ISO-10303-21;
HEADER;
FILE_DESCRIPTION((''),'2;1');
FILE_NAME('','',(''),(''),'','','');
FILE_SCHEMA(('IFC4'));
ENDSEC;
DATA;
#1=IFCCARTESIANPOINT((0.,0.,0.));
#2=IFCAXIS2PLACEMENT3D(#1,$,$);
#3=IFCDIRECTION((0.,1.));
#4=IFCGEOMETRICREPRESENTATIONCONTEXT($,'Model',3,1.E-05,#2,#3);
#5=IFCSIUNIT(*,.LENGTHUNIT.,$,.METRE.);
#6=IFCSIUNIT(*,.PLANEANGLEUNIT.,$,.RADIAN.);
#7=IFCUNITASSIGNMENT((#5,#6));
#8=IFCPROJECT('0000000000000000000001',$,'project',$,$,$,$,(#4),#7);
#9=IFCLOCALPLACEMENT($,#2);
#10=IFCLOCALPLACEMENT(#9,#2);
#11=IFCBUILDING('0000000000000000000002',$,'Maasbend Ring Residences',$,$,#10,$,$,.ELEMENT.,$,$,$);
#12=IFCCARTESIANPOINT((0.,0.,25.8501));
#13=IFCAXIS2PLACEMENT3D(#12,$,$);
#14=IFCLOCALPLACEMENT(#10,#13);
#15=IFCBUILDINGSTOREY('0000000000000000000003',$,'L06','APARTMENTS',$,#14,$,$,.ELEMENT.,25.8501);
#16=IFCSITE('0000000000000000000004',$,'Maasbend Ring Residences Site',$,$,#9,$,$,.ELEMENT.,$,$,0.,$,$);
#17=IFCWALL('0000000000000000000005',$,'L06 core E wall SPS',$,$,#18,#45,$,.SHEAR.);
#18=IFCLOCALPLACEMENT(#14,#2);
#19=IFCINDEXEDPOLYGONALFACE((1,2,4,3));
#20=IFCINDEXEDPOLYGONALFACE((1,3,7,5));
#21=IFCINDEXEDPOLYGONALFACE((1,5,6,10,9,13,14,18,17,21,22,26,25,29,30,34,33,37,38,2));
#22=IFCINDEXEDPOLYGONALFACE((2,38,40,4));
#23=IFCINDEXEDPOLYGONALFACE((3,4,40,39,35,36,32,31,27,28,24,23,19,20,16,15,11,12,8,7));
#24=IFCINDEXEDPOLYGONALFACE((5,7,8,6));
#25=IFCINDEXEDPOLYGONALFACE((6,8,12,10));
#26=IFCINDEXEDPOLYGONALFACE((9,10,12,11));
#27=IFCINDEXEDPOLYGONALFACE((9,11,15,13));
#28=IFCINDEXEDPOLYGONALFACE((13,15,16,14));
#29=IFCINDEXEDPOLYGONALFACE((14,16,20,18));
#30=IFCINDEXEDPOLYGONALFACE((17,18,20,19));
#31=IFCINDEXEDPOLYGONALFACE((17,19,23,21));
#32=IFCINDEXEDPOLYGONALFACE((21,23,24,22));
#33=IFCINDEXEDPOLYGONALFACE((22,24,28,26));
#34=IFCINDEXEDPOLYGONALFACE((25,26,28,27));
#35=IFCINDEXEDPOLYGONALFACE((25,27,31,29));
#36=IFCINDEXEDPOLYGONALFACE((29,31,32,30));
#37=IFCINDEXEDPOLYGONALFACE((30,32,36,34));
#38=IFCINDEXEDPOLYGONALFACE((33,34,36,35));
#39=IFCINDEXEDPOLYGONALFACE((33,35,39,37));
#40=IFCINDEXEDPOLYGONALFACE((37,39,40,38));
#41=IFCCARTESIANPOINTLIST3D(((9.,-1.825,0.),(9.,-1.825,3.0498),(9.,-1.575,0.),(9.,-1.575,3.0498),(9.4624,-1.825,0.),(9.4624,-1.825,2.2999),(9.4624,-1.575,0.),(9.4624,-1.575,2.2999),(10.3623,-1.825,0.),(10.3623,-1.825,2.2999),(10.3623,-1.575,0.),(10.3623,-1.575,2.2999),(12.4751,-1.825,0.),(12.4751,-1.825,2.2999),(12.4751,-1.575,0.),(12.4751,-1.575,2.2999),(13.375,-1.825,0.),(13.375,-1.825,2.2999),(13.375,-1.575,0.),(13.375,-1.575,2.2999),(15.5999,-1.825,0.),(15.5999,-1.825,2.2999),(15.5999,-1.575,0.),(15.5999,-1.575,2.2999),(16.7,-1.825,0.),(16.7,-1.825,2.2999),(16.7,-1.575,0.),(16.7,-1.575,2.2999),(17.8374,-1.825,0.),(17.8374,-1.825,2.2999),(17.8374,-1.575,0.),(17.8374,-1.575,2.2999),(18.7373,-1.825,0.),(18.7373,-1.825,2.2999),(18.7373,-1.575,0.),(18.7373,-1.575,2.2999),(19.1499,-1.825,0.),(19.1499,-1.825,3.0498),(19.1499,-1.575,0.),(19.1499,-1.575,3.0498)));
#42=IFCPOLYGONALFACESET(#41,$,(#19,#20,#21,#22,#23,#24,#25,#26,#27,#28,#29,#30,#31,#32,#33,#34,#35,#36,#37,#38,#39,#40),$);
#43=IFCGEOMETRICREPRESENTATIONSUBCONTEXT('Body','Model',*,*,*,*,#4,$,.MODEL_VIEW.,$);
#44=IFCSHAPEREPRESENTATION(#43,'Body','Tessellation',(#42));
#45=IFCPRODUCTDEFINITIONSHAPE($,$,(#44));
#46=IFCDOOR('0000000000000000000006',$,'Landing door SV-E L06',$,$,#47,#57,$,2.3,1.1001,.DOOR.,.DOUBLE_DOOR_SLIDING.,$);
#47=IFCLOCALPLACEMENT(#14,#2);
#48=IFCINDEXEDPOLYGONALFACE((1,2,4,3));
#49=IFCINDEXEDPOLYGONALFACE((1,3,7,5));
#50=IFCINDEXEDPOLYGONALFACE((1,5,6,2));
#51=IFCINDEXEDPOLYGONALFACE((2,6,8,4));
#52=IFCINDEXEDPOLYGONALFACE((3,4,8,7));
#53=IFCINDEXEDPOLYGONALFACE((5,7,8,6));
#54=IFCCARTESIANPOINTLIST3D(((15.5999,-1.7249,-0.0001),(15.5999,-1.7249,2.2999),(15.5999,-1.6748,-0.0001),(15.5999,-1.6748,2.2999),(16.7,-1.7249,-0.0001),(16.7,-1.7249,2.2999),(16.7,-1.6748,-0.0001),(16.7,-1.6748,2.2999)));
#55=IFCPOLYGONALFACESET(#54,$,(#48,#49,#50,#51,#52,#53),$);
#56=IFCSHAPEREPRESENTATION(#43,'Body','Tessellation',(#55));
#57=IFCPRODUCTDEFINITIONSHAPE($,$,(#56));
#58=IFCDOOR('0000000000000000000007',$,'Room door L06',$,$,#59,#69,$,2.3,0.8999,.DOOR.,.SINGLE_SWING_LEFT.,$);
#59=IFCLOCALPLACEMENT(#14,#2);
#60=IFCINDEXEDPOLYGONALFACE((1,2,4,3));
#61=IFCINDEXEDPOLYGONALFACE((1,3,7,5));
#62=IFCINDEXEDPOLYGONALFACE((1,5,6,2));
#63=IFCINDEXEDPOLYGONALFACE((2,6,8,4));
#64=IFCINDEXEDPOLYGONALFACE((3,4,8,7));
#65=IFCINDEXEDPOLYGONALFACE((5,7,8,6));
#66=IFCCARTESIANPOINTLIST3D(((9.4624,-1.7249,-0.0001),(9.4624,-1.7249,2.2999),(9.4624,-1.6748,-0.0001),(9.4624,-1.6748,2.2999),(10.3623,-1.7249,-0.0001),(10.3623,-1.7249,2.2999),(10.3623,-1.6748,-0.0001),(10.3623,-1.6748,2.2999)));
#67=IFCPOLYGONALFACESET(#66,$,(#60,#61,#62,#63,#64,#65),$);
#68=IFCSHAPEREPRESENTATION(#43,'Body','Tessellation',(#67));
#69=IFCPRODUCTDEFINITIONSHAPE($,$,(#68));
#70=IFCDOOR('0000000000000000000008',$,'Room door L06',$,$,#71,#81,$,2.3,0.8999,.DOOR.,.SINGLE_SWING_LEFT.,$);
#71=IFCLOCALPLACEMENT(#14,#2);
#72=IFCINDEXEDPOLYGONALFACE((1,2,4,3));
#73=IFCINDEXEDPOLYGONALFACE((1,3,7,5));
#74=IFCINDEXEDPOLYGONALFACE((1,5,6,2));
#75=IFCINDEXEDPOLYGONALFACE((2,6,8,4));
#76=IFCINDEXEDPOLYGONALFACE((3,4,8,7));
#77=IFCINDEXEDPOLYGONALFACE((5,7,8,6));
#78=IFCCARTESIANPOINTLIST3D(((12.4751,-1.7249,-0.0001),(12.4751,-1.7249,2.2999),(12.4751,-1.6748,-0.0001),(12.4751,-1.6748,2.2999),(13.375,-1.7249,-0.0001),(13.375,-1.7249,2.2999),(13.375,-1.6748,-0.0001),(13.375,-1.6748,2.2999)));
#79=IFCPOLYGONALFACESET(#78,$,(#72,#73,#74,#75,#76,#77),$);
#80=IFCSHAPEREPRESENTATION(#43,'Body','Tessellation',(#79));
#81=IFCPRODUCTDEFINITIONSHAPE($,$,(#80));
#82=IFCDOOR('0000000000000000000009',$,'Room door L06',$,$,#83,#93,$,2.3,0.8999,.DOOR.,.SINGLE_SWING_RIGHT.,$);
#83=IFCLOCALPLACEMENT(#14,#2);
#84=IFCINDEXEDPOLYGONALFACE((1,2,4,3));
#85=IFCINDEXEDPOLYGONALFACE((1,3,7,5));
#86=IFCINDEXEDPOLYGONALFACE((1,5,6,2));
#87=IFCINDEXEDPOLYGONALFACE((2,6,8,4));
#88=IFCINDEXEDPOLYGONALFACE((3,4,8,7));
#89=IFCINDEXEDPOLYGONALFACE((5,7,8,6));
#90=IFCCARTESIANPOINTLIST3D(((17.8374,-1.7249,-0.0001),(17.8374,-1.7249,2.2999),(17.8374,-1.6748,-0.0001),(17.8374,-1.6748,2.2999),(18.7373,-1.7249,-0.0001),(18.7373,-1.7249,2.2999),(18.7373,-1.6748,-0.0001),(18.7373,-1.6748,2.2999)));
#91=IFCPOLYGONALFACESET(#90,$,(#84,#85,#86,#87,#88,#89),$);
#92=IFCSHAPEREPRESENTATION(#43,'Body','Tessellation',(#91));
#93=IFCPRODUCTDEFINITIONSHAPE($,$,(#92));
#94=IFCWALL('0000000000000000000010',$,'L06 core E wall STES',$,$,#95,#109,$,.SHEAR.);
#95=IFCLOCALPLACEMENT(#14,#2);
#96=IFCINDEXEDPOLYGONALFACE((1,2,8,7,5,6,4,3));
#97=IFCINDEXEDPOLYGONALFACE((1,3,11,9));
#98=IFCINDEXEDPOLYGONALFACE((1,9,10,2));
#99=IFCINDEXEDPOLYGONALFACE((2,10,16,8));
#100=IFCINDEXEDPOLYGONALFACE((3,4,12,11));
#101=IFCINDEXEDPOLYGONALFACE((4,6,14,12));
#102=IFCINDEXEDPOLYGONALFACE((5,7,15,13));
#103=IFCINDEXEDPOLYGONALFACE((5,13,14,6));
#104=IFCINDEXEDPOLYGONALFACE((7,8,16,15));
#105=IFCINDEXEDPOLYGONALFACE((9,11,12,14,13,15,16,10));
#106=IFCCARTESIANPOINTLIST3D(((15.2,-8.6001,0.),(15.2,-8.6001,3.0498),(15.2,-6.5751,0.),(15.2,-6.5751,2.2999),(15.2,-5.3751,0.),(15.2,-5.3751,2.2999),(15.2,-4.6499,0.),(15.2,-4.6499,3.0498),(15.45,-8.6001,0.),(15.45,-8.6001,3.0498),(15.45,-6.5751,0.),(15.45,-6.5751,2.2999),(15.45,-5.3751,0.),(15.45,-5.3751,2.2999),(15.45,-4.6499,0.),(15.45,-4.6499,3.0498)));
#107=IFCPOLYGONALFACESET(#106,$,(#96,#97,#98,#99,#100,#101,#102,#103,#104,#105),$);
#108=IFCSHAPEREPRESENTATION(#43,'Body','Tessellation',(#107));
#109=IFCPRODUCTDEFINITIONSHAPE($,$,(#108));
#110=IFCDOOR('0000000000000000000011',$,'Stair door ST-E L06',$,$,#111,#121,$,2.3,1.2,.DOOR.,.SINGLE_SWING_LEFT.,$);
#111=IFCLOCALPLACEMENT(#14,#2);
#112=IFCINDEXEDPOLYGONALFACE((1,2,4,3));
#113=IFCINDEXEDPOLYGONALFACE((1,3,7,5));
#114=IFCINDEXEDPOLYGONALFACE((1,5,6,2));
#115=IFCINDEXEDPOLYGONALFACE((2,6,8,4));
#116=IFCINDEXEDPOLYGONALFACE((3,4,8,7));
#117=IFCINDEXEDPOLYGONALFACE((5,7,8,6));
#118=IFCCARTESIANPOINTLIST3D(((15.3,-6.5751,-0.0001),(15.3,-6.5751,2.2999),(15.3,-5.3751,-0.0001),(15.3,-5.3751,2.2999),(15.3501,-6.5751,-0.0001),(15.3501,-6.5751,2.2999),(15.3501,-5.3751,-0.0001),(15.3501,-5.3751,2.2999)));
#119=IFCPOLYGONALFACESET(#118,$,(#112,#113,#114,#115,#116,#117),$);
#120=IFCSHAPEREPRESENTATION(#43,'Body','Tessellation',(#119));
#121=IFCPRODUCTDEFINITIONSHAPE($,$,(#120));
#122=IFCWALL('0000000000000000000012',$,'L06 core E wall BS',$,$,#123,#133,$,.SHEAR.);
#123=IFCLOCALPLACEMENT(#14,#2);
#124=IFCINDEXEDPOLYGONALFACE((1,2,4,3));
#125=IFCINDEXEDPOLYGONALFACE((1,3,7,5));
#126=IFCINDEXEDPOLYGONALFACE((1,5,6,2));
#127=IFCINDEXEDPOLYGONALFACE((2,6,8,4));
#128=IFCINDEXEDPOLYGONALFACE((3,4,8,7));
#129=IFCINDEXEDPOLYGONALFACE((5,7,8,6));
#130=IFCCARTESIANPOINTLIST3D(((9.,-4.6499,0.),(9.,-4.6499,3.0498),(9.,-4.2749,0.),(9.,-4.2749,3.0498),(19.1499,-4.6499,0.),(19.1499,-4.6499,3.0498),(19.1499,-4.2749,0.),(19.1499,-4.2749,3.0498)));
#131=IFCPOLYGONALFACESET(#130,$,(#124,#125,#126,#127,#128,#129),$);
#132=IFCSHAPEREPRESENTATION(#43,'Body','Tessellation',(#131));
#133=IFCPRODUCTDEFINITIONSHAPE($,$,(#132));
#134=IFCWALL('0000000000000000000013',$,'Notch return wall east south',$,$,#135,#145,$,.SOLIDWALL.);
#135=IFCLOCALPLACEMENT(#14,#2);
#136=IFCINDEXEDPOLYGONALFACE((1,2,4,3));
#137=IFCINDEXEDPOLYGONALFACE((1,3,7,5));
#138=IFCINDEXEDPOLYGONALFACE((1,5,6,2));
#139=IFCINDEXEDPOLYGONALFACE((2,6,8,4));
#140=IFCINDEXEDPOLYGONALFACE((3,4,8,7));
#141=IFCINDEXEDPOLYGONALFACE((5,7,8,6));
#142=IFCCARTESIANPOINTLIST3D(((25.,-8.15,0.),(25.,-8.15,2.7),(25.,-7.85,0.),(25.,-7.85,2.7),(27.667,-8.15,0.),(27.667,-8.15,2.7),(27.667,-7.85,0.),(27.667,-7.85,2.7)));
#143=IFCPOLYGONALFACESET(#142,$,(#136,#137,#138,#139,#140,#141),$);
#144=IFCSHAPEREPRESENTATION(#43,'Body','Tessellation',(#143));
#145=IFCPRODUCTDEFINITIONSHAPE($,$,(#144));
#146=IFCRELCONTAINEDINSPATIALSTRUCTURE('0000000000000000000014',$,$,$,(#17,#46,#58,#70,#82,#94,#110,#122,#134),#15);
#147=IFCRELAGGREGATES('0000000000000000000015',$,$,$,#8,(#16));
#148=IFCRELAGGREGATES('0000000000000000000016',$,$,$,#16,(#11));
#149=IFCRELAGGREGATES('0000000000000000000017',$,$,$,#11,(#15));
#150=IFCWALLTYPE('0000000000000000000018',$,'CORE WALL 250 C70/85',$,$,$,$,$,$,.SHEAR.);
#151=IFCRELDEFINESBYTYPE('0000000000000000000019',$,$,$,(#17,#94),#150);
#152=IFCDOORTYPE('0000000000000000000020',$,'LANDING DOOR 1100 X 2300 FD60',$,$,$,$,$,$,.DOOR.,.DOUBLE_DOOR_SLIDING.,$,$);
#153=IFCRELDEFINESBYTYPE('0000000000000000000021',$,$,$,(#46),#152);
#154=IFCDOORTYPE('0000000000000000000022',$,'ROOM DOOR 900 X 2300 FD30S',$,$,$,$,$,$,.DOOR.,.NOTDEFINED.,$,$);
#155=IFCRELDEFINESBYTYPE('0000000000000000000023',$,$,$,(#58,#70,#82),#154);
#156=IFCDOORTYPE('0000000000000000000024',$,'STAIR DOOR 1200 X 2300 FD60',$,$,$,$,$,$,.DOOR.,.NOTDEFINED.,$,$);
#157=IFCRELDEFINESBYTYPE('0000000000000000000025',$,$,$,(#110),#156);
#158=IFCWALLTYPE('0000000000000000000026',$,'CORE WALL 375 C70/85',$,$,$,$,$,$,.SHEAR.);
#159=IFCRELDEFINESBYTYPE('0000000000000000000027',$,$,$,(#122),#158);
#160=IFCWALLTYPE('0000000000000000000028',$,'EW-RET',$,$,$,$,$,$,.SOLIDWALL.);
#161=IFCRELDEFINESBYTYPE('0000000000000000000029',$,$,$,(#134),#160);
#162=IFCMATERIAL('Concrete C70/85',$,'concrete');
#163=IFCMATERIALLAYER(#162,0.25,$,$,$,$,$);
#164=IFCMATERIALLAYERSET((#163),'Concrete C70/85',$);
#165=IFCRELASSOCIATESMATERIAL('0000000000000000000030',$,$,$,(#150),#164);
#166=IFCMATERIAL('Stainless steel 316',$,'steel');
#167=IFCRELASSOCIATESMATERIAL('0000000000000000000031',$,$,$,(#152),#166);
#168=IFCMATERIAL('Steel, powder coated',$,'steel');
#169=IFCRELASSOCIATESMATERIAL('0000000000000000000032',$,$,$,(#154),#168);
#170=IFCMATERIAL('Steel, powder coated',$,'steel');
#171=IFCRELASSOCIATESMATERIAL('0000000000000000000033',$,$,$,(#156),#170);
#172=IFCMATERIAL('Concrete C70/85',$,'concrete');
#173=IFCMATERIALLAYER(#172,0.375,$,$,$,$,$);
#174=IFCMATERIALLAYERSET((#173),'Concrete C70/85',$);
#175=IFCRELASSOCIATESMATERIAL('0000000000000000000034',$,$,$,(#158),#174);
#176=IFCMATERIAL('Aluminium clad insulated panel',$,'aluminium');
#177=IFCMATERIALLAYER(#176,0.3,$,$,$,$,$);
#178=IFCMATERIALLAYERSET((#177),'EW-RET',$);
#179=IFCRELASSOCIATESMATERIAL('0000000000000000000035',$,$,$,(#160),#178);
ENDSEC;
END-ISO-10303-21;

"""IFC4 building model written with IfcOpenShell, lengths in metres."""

from ifc_helpers import new_model, si_unit, direction, frame, frame_2d, origin, place, context, subcontext, project, spatial, rectangle, extrude, material, layer, layer_set, type_object, element, fill, save


model = new_model("IFC4")

# Units and contexts
model_context = context("Model", 3, precision=1e-05, world=origin(), true_north=direction((0.0, 1.0)))
body_context = subcontext(model_context, "Body", "Model", "MODEL_VIEW")
ifc_project = project(units=[si_unit("LENGTHUNIT", "METRE"), si_unit("PLANEANGLEUNIT", "RADIAN")], contexts=[model_context])

# Site, building, storey
site_placement = place(None, origin())
site = spatial("IfcSite", under=ifc_project, at=site_placement, Name="Maasbend Ring Residences Site", CompositionType="ELEMENT", RefElevation=0.0)
building_placement = place(site_placement, origin())
building = spatial("IfcBuilding", under=site, at=building_placement, Name="Maasbend Ring Residences", CompositionType="ELEMENT")
storey_placement = place(building_placement, frame((0.0, 0.0, 25.8501)))
storey = spatial("IfcBuildingStorey", under=building, at=storey_placement, Name="L06", Description="APARTMENTS", CompositionType="ELEMENT", Elevation=25.8501)

# Wall, openings, doors
ifc_material_1 = material(Name="Concrete C70/85", Category="concrete")
ifc_layer_1 = layer(ifc_material_1, 0.25)
ifc_layer_set_1 = layer_set([ifc_layer_1], Name="Concrete C70/85")
wall_type_1 = type_object("IfcWallType", Name="CORE WALL 250 C70/85", PredefinedType="SHEAR", material=ifc_layer_set_1)
wall_1_placement = place(storey_placement, frame((19.1499, -1.7, 0.0), z_axis=(0.0, 0.0, 1.0), x_axis=(-1.0, 0.0, 0.0)))
wall_1 = element("IfcWall", 1, at=wall_1_placement, inside=storey, type_object=wall_type_1, Name="L06 core E wall SPS", PredefinedType="SHEAR", context=body_context, shape_type="SweptSolid", body=[
    extrude(rectangle(XDim=10.1499, YDim=0.25, at=frame_2d((5.075, 0.0))), origin(), (0.0, 0.0, 1.0), 3.0498),
])
opening_1_placement = place(wall_1_placement, frame((2.45, 0.0, 0.0)))
opening_1 = element("IfcOpeningElement", 2, at=opening_1_placement, cuts=wall_1, PredefinedType="OPENING", context=body_context, shape_type="SweptSolid", body=[
    extrude(rectangle(XDim=1.1001, YDim=2.3, at=frame_2d((0.55, 1.1499))), frame((0.0, 0.135, 0.0), z_axis=(0.0, -1.0, 0.0), x_axis=(1.0, 0.0, 0.0)), (0.0, 0.0, 1.0), 0.27),
])
opening_2_placement = place(wall_1_placement, frame((8.7876, 0.0, 0.0)))
opening_2 = element("IfcOpeningElement", 3, at=opening_2_placement, cuts=wall_1, PredefinedType="OPENING", context=body_context, shape_type="SweptSolid", body=[
    extrude(rectangle(XDim=0.8999, YDim=2.3, at=frame_2d((0.45, 1.1499))), frame((0.0, 0.135, 0.0), z_axis=(0.0, -1.0, 0.0), x_axis=(1.0, 0.0, 0.0)), (0.0, 0.0, 1.0), 0.27),
])
opening_3_placement = place(wall_1_placement, frame((5.7749, 0.0, 0.0)))
opening_3 = element("IfcOpeningElement", 4, at=opening_3_placement, cuts=wall_1, PredefinedType="OPENING", context=body_context, shape_type="SweptSolid", body=[
    extrude(rectangle(XDim=0.8999, YDim=2.3, at=frame_2d((0.45, 1.1499))), frame((0.0, 0.135, 0.0), z_axis=(0.0, -1.0, 0.0), x_axis=(1.0, 0.0, 0.0)), (0.0, 0.0, 1.0), 0.27),
])
opening_4_placement = place(wall_1_placement, frame((0.4126, 0.0, 0.0)))
opening_4 = element("IfcOpeningElement", 5, at=opening_4_placement, cuts=wall_1, PredefinedType="OPENING", context=body_context, shape_type="SweptSolid", body=[
    extrude(rectangle(XDim=0.8999, YDim=2.3, at=frame_2d((0.45, 1.1499))), frame((0.0, 0.135, 0.0), z_axis=(0.0, -1.0, 0.0), x_axis=(1.0, 0.0, 0.0)), (0.0, 0.0, 1.0), 0.27),
])
ifc_material_2 = material(Name="Stainless steel 316", Category="steel")
door_type_1 = type_object("IfcDoorType", Name="LANDING DOOR 1100 X 2300 FD60", OperationType="DOUBLE_DOOR_SLIDING", PredefinedType="DOOR", material=ifc_material_2)
door_1_placement = place(opening_1_placement, origin())
door_1 = element("IfcDoor", 6, at=door_1_placement, inside=storey, type_object=door_type_1, Name="Landing door SV-E L06", OperationType="DOUBLE_DOOR_SLIDING", OverallHeight=2.3, OverallWidth=1.1001, PredefinedType="DOOR", context=body_context, shape_type="SweptSolid", body=[
    extrude(rectangle(XDim=1.1001, YDim=2.3, at=frame_2d((0.55, 1.1499))), frame((0.0, 0.0249, 0.0), z_axis=(0.0, -1.0, 0.0), x_axis=(1.0, 0.0, 0.0)), (0.0, 0.0, 1.0), 0.05),
])
fill(opening_1, door_1)
ifc_material_3 = material(Name="Steel, powder coated", Category="steel")
door_type_2 = type_object("IfcDoorType", Name="ROOM DOOR 900 X 2300 FD30S", OperationType="NOTDEFINED", PredefinedType="DOOR", material=ifc_material_3)
door_2_placement = place(opening_2_placement, origin())
door_2 = element("IfcDoor", 7, at=door_2_placement, inside=storey, type_object=door_type_2, Name="Room door L06", OperationType="SINGLE_SWING_LEFT", OverallHeight=2.3, OverallWidth=0.8999, PredefinedType="DOOR", context=body_context, shape_type="SweptSolid", body=[
    extrude(rectangle(XDim=0.8999, YDim=2.3, at=frame_2d((0.45, 1.1499))), frame((0.0, 0.0249, 0.0), z_axis=(0.0, -1.0, 0.0), x_axis=(1.0, 0.0, 0.0)), (0.0, 0.0, 1.0), 0.05),
])
fill(opening_2, door_2)
door_3_placement = place(opening_3_placement, origin())
door_3 = element("IfcDoor", 8, at=door_3_placement, inside=storey, type_object=door_type_2, Name="Room door L06", OperationType="SINGLE_SWING_LEFT", OverallHeight=2.3, OverallWidth=0.8999, PredefinedType="DOOR", context=body_context, shape_type="SweptSolid", body=[
    extrude(rectangle(XDim=0.8999, YDim=2.3, at=frame_2d((0.45, 1.1499))), frame((0.0, 0.0249, 0.0), z_axis=(0.0, -1.0, 0.0), x_axis=(1.0, 0.0, 0.0)), (0.0, 0.0, 1.0), 0.05),
])
fill(opening_3, door_3)
door_4_placement = place(opening_4_placement, origin())
door_4 = element("IfcDoor", 9, at=door_4_placement, inside=storey, type_object=door_type_2, Name="Room door L06", OperationType="SINGLE_SWING_RIGHT", OverallHeight=2.3, OverallWidth=0.8999, PredefinedType="DOOR", context=body_context, shape_type="SweptSolid", body=[
    extrude(rectangle(XDim=0.8999, YDim=2.3, at=frame_2d((0.45, 1.1499))), frame((0.0, 0.0249, 0.0), z_axis=(0.0, -1.0, 0.0), x_axis=(1.0, 0.0, 0.0)), (0.0, 0.0, 1.0), 0.05),
])
fill(opening_4, door_4)

# Wall, opening, door
wall_2_placement = place(storey_placement, frame((15.325, -8.6001, 0.0), z_axis=(0.0, 0.0, 1.0), x_axis=(0.0, 1.0, 0.0)))
wall_2 = element("IfcWall", 10, at=wall_2_placement, inside=storey, type_object=wall_type_1, Name="L06 core E wall STES", PredefinedType="SHEAR", context=body_context, shape_type="SweptSolid", body=[
    extrude(rectangle(XDim=3.9502, YDim=0.25, at=frame_2d((1.9751, 0.0))), origin(), (0.0, 0.0, 1.0), 3.0498),
])
opening_5_placement = place(wall_2_placement, frame((2.0249, 0.0, 0.0)))
opening_5 = element("IfcOpeningElement", 11, at=opening_5_placement, cuts=wall_2, PredefinedType="OPENING", context=body_context, shape_type="SweptSolid", body=[
    extrude(rectangle(XDim=1.2, YDim=2.3, at=frame_2d((0.6001, 1.1499))), frame((0.0, 0.135, 0.0), z_axis=(0.0, -1.0, 0.0), x_axis=(1.0, 0.0, 0.0)), (0.0, 0.0, 1.0), 0.27),
])
ifc_material_4 = material(Name="Steel, powder coated", Category="steel")
door_type_3 = type_object("IfcDoorType", Name="STAIR DOOR 1200 X 2300 FD60", OperationType="NOTDEFINED", PredefinedType="DOOR", material=ifc_material_4)
door_5_placement = place(opening_5_placement, origin())
door_5 = element("IfcDoor", 12, at=door_5_placement, inside=storey, type_object=door_type_3, Name="Stair door ST-E L06", OperationType="SINGLE_SWING_LEFT", OverallHeight=2.3, OverallWidth=1.2, PredefinedType="DOOR", context=body_context, shape_type="SweptSolid", body=[
    extrude(rectangle(XDim=1.2, YDim=2.3, at=frame_2d((0.6001, 1.1499))), frame((0.0, 0.0249, 0.0), z_axis=(0.0, -1.0, 0.0), x_axis=(1.0, 0.0, 0.0)), (0.0, 0.0, 1.0), 0.05),
])
fill(opening_5, door_5)

# Walls
ifc_material_5 = material(Name="Concrete C70/85", Category="concrete")
ifc_layer_2 = layer(ifc_material_5, 0.375)
ifc_layer_set_2 = layer_set([ifc_layer_2], Name="Concrete C70/85")
wall_type_2 = type_object("IfcWallType", Name="CORE WALL 375 C70/85", PredefinedType="SHEAR", material=ifc_layer_set_2)
wall_3_placement = place(storey_placement, frame((9.0, -4.4624, 0.0), z_axis=(0.0, 0.0, 1.0), x_axis=(1.0, 0.0, 0.0)))
element("IfcWall", 13, at=wall_3_placement, inside=storey, type_object=wall_type_2, Name="L06 core E wall BS", PredefinedType="SHEAR", context=body_context, shape_type="SweptSolid", body=[
    extrude(rectangle(XDim=10.1499, YDim=0.375, at=frame_2d((5.075, 0.0))), origin(), (0.0, 0.0, 1.0), 3.0498),
])
ifc_material_6 = material(Name="Aluminium clad insulated panel", Category="aluminium")
ifc_layer_3 = layer(ifc_material_6, 0.3)
ifc_layer_set_3 = layer_set([ifc_layer_3], Name="EW-RET")
wall_type_3 = type_object("IfcWallType", Name="EW-RET", PredefinedType="SOLIDWALL", material=ifc_layer_set_3)
wall_4_placement = place(storey_placement, frame((25.0, -8.0, 0.0), z_axis=(0.0, 0.0, 1.0), x_axis=(1.0, 0.0, 0.0)))
element("IfcWall", 14, at=wall_4_placement, inside=storey, type_object=wall_type_3, Name="Notch return wall east south", PredefinedType="SOLIDWALL", context=body_context, shape_type="SweptSolid", body=[
    extrude(rectangle(XDim=2.667, YDim=0.3, at=frame_2d((1.3335, 0.0))), origin(), (0.0, 0.0, 1.0), 2.7),
])

save(model, "model.ifc")
